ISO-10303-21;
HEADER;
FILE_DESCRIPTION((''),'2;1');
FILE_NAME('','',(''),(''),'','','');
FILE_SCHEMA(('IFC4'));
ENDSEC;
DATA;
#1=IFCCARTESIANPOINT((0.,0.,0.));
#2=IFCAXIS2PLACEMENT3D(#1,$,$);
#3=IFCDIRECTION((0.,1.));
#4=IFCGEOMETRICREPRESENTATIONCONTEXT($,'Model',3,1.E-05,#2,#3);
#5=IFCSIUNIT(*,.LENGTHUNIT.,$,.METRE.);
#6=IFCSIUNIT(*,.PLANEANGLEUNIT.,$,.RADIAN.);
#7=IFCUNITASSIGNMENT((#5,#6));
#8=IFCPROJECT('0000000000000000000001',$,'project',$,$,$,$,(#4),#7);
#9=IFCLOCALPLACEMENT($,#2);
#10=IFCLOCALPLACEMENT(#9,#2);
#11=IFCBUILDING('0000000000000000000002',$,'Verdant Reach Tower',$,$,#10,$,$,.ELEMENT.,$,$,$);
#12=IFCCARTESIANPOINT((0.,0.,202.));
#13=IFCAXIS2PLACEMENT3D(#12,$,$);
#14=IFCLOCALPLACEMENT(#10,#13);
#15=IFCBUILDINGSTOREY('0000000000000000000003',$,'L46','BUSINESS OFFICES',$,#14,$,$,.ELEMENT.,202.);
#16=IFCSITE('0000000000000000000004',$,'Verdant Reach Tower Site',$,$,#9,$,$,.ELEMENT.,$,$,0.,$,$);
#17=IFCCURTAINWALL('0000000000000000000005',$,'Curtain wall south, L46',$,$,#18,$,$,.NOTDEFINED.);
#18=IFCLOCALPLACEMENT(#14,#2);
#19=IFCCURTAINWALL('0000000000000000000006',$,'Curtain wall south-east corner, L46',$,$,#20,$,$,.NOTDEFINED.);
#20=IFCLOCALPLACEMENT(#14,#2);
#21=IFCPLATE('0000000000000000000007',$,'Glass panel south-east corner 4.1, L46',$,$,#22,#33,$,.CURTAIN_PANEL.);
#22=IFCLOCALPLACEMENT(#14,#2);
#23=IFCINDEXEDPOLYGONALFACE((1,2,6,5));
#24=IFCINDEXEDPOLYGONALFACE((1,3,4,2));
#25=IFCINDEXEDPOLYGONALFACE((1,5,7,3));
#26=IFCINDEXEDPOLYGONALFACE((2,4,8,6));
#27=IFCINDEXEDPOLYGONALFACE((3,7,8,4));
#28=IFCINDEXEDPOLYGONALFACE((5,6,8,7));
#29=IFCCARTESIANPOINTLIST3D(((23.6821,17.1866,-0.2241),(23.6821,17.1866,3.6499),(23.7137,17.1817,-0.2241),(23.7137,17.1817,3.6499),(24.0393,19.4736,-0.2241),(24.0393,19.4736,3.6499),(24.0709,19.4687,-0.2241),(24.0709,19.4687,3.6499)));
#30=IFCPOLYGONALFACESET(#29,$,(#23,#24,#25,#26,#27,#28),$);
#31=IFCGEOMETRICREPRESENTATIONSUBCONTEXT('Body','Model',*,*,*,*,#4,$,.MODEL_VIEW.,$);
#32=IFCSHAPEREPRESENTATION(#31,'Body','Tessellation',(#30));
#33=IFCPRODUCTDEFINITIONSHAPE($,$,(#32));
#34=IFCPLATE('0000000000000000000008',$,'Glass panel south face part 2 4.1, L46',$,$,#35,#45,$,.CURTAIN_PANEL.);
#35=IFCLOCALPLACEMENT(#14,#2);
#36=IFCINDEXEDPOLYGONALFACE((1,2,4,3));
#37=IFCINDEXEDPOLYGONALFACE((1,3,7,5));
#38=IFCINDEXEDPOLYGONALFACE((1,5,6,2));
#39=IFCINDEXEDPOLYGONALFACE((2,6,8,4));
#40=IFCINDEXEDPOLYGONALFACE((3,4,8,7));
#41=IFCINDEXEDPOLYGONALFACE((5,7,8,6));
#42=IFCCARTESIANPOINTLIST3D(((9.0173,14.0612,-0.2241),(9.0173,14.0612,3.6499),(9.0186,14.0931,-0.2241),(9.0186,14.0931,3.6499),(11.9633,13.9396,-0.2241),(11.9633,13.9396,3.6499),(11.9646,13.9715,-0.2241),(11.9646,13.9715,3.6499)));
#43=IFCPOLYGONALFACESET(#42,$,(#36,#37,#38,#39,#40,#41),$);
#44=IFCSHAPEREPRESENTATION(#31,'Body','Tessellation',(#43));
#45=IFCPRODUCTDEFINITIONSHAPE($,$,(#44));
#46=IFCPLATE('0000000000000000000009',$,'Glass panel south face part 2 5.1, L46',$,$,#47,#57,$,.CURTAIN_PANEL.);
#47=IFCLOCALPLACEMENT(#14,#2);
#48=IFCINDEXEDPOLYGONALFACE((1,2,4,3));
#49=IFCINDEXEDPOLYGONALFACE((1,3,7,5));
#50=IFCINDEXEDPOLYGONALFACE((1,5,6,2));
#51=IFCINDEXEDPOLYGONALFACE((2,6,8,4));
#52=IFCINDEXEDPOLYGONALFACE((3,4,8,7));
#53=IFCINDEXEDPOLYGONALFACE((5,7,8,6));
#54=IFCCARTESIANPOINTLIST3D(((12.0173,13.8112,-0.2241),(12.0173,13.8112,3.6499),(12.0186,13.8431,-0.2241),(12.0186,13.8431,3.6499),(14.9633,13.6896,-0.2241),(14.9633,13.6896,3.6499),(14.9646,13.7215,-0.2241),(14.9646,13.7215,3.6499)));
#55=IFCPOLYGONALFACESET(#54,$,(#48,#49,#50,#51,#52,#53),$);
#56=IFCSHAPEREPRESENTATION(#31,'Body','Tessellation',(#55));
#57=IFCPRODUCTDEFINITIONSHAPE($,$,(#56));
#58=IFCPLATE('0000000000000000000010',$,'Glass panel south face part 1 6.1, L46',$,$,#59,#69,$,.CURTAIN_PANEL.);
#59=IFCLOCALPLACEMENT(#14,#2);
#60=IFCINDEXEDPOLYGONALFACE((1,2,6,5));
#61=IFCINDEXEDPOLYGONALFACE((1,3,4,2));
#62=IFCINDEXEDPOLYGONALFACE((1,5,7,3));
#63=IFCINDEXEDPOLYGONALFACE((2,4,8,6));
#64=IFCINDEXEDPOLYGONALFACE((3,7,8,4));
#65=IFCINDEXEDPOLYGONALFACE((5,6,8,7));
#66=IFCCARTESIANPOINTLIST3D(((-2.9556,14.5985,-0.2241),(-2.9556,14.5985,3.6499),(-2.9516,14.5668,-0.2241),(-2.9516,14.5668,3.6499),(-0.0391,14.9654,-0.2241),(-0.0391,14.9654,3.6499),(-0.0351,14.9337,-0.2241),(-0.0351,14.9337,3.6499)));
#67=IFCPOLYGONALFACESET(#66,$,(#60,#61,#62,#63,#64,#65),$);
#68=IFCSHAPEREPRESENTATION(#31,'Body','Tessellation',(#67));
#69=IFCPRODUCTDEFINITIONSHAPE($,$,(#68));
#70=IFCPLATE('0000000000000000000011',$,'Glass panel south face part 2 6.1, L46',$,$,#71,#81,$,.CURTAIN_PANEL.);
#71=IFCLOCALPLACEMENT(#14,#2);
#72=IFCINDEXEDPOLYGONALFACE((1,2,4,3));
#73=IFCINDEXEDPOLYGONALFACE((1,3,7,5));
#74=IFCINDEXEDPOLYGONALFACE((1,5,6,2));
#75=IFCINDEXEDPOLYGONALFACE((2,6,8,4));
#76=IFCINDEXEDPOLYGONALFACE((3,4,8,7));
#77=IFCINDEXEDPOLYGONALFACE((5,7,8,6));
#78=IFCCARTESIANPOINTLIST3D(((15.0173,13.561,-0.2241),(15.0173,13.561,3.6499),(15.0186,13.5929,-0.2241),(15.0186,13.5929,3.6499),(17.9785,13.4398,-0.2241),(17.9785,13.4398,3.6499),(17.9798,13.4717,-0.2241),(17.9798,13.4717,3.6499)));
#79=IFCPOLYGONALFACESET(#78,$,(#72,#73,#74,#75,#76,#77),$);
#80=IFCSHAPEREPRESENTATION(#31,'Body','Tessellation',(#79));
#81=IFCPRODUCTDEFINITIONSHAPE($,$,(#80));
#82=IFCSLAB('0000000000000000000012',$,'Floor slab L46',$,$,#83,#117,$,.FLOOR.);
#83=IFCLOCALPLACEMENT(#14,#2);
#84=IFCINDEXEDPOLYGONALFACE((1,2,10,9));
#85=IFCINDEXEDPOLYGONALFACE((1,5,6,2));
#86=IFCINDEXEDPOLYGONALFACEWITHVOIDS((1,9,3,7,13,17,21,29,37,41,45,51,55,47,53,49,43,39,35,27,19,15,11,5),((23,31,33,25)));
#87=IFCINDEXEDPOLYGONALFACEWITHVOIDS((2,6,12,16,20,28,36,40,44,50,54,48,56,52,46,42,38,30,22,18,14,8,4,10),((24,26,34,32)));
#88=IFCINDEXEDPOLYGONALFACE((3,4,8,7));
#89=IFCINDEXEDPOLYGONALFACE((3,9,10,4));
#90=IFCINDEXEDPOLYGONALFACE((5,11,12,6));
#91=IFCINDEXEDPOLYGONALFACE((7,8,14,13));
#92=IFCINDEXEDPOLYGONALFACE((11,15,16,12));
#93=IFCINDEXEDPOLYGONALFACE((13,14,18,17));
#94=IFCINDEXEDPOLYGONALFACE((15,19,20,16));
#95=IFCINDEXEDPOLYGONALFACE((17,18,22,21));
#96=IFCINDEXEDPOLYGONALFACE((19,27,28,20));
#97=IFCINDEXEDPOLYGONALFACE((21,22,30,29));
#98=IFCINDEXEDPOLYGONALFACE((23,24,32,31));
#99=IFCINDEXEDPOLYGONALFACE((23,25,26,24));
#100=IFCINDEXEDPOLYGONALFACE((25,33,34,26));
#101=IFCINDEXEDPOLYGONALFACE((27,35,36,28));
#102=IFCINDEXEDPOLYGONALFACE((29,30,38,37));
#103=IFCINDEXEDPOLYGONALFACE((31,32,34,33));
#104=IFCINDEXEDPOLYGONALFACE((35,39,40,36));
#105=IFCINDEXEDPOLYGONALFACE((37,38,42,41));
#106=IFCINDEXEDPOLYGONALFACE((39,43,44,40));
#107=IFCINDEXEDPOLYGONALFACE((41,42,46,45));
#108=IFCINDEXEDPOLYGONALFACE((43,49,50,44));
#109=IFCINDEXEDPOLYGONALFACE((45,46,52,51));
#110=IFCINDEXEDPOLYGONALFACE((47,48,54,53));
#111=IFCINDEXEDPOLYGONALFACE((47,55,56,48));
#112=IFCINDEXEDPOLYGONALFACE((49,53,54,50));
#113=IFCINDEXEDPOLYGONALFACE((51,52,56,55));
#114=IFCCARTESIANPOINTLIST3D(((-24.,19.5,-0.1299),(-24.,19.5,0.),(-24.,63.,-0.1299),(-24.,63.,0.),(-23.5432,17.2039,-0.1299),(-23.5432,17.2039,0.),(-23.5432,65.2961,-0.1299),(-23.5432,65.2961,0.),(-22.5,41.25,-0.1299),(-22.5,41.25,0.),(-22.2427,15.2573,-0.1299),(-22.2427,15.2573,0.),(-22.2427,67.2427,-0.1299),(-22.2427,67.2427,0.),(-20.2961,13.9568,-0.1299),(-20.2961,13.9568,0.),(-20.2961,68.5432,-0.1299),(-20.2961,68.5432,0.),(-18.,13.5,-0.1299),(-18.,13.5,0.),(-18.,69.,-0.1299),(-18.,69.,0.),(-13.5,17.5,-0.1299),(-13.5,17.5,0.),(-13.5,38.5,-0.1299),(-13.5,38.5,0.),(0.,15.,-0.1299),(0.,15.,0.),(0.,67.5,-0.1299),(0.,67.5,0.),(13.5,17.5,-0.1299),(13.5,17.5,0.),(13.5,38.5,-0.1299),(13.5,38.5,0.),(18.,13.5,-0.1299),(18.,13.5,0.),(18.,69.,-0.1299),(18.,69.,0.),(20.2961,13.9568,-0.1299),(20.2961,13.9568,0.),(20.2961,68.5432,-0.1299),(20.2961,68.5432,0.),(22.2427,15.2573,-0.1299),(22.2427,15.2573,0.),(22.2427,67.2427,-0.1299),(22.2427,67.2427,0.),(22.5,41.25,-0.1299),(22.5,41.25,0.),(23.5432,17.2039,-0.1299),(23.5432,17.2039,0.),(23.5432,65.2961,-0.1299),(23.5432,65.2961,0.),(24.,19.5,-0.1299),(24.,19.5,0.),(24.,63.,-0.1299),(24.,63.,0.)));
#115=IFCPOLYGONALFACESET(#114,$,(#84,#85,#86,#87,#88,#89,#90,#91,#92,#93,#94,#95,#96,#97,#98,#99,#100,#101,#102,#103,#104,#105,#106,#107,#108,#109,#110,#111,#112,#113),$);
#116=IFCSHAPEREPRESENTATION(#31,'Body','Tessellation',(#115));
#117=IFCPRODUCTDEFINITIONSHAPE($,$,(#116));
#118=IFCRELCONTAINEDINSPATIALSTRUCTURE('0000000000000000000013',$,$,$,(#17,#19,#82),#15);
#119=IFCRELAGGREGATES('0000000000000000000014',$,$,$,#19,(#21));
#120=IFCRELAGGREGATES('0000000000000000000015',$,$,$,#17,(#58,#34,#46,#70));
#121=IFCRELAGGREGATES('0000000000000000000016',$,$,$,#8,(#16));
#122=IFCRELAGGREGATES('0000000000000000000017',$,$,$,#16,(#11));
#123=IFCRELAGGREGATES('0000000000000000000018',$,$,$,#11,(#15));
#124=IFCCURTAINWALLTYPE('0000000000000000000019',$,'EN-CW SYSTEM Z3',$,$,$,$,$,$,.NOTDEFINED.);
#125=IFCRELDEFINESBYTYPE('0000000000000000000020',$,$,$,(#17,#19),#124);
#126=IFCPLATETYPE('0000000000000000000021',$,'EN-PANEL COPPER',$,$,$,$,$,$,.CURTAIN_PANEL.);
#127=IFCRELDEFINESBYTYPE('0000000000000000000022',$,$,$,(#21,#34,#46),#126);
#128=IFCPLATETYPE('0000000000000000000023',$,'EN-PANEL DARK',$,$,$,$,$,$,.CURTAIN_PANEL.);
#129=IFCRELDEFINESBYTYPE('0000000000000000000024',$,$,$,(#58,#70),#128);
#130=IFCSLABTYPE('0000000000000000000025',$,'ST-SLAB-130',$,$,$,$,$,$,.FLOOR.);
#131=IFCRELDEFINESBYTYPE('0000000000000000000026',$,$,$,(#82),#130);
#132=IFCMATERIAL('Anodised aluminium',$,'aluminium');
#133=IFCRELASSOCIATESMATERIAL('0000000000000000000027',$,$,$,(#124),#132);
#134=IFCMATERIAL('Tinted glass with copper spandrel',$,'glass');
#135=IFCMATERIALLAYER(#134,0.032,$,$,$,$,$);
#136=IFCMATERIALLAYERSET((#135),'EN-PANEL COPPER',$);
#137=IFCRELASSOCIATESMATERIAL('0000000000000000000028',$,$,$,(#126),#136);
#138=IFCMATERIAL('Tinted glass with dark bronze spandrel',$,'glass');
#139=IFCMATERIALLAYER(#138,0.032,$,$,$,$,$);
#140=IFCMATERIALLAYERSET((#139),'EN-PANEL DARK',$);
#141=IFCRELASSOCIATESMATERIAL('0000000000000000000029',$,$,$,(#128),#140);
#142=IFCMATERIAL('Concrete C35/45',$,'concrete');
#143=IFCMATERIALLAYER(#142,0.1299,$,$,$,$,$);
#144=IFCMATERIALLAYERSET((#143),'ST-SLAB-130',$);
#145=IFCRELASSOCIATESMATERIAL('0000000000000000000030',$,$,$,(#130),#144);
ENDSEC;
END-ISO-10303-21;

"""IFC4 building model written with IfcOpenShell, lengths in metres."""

from ifc_helpers import new_model, si_unit, direction, frame, origin, origin_2d, place, context, subcontext, project, spatial, polyline, rectangle, outline, extrude, material, layer, layer_set, type_object, element, aggregate, save


model = new_model("IFC4")

# Units and contexts
model_context = context("Model", 3, precision=1e-05, world=origin(), true_north=direction((0.0, 1.0)))
body_context = subcontext(model_context, "Body", "Model", "MODEL_VIEW")
ifc_project = project(units=[si_unit("LENGTHUNIT", "METRE"), si_unit("PLANEANGLEUNIT", "RADIAN")], contexts=[model_context])

# Site, building, storey
site_placement = place(None, origin())
site = spatial("IfcSite", under=ifc_project, at=site_placement, Name="Verdant Reach Tower Site", CompositionType="ELEMENT", RefElevation=0.0)
building_placement = place(site_placement, origin())
building = spatial("IfcBuilding", under=site, at=building_placement, Name="Verdant Reach Tower", CompositionType="ELEMENT")
storey_placement = place(building_placement, frame((0.0, 0.0, 202.0)))
storey = spatial("IfcBuildingStorey", under=building, at=storey_placement, Name="L46", Description="BUSINESS OFFICES", CompositionType="ELEMENT", Elevation=202.0)

# Curtain wall
ifc_material_1 = material(Name="Anodised aluminium", Category="aluminium")
curtain_wall_type = type_object("IfcCurtainWallType", Name="EN-CW SYSTEM Z3", PredefinedType="NOTDEFINED", material=ifc_material_1)
curtain_wall_1_placement = place(storey_placement, origin())
curtain_wall_1 = element("IfcCurtainWall", 1, at=curtain_wall_1_placement, inside=storey, type_object=curtain_wall_type, Name="Curtain wall south, L46", PredefinedType="NOTDEFINED")

# Curtain wall
curtain_wall_2_placement = place(storey_placement, origin())
curtain_wall_2 = element("IfcCurtainWall", 2, at=curtain_wall_2_placement, inside=storey, type_object=curtain_wall_type, Name="Curtain wall south-east corner, L46", PredefinedType="NOTDEFINED")

# Plates
ifc_material_2 = material(Name="Tinted glass with copper spandrel", Category="glass")
ifc_layer_1 = layer(ifc_material_2, 0.032)
ifc_layer_set_1 = layer_set([ifc_layer_1], Name="EN-PANEL COPPER")
plate_type_1 = type_object("IfcPlateType", Name="EN-PANEL COPPER", PredefinedType="CURTAIN_PANEL", material=ifc_layer_set_1)
plate_1_placement = place(storey_placement, frame((23.8765, 18.3276, -0.2241), z_axis=(0.0, 0.0, 1.0), x_axis=(0.154312, 0.988022, 0.0)))
plate_1 = element("IfcPlate", 3, at=plate_1_placement, type_object=plate_type_1, Name="Glass panel south-east corner 4.1, L46", PredefinedType="CURTAIN_PANEL", context=body_context, shape_type="SweptSolid", body=[
    extrude(rectangle(XDim=2.3147, YDim=0.032, at=origin_2d()), origin(), (0.0, 0.0, 1.0), 3.874),
])
aggregate(curtain_wall_2, [plate_1])
plate_2_placement = place(storey_placement, frame((10.491, 14.0164, -0.2241), z_axis=(0.0, 0.0, 1.0), x_axis=(0.999149, -0.041242, 0.0)))
plate_2 = element("IfcPlate", 4, at=plate_2_placement, type_object=plate_type_1, Name="Glass panel south face part 2 4.1, L46", PredefinedType="CURTAIN_PANEL", context=body_context, shape_type="SweptSolid", body=[
    extrude(rectangle(XDim=2.9485, YDim=0.032, at=origin_2d()), origin(), (0.0, 0.0, 1.0), 3.874),
])
plate_3_placement = place(storey_placement, frame((13.491, 13.7664, -0.2241), z_axis=(0.0, 0.0, 1.0), x_axis=(0.999149, -0.041242, 0.0)))
plate_3 = element("IfcPlate", 5, at=plate_3_placement, type_object=plate_type_1, Name="Glass panel south face part 2 5.1, L46", PredefinedType="CURTAIN_PANEL", context=body_context, shape_type="SweptSolid", body=[
    extrude(rectangle(XDim=2.9485, YDim=0.032, at=origin_2d()), origin(), (0.0, 0.0, 1.0), 3.874),
])
ifc_material_3 = material(Name="Tinted glass with dark bronze spandrel", Category="glass")
ifc_layer_2 = layer(ifc_material_3, 0.032)
ifc_layer_set_2 = layer_set([ifc_layer_2], Name="EN-PANEL DARK")
plate_type_2 = type_object("IfcPlateType", Name="EN-PANEL DARK", PredefinedType="CURTAIN_PANEL", material=ifc_layer_set_2)
plate_4_placement = place(storey_placement, frame((-1.4954, 14.7661, -0.2241), z_axis=(0.0, 0.0, 1.0), x_axis=(0.992178, 0.124828, 0.0)))
plate_4 = element("IfcPlate", 6, at=plate_4_placement, type_object=plate_type_2, Name="Glass panel south face part 1 6.1, L46", PredefinedType="CURTAIN_PANEL", context=body_context, shape_type="SweptSolid", body=[
    extrude(rectangle(XDim=2.9395, YDim=0.032, at=origin_2d()), origin(), (0.0, 0.0, 1.0), 3.874),
])
plate_5_placement = place(storey_placement, frame((16.4985, 13.5164, -0.2241), z_axis=(0.0, 0.0, 1.0), x_axis=(0.999164, -0.040891, 0.0)))
plate_5 = element("IfcPlate", 7, at=plate_5_placement, type_object=plate_type_2, Name="Glass panel south face part 2 6.1, L46", PredefinedType="CURTAIN_PANEL", context=body_context, shape_type="SweptSolid", body=[
    extrude(rectangle(XDim=2.9636, YDim=0.032, at=origin_2d()), origin(), (0.0, 0.0, 1.0), 3.874),
])
aggregate(curtain_wall_1, [plate_4, plate_2, plate_3, plate_5])

# Slab
ifc_material_4 = material(Name="Concrete C35/45", Category="concrete")
ifc_layer_3 = layer(ifc_material_4, 0.1299)
ifc_layer_set_3 = layer_set([ifc_layer_3], Name="ST-SLAB-130")
slab_type_1 = type_object("IfcSlabType", Name="ST-SLAB-130", PredefinedType="FLOOR", material=ifc_layer_set_3)
slab_1_placement = place(storey_placement, frame((0.0, 0.0, -0.1299)))
element("IfcSlab", 8, at=slab_1_placement, inside=storey, type_object=slab_type_1, Name="Floor slab L46", PredefinedType="FLOOR", context=body_context, shape_type="SweptSolid", body=[
    extrude(outline(polyline([(0.0, 15.0), (-18.0, 13.5), (-20.2961, 13.9568), (-22.2427, 15.2573), (-23.5432, 17.2039), (-24.0, 19.5), (-22.5, 41.25), (-24.0, 63.0), (-23.5432, 65.2961), (-22.2427, 67.2427), (-20.2961, 68.5432), (-18.0, 69.0), (0.0, 67.5), (18.0, 69.0), (20.2961, 68.5432), (22.2427, 67.2427), (23.5432, 65.2961), (24.0, 63.0), (22.5, 41.25), (24.0, 19.5), (23.5432, 17.2039), (22.2427, 15.2573), (20.2961, 13.9568), (18.0, 13.5), (0.0, 15.0)]), holes=[polyline([(13.5, 38.5), (-13.5, 38.5), (-13.5, 17.5), (13.5, 17.5), (13.5, 38.5)])]), origin(), (0.0, 0.0, 1.0), 0.1299),
])

save(model, "model.ifc")
